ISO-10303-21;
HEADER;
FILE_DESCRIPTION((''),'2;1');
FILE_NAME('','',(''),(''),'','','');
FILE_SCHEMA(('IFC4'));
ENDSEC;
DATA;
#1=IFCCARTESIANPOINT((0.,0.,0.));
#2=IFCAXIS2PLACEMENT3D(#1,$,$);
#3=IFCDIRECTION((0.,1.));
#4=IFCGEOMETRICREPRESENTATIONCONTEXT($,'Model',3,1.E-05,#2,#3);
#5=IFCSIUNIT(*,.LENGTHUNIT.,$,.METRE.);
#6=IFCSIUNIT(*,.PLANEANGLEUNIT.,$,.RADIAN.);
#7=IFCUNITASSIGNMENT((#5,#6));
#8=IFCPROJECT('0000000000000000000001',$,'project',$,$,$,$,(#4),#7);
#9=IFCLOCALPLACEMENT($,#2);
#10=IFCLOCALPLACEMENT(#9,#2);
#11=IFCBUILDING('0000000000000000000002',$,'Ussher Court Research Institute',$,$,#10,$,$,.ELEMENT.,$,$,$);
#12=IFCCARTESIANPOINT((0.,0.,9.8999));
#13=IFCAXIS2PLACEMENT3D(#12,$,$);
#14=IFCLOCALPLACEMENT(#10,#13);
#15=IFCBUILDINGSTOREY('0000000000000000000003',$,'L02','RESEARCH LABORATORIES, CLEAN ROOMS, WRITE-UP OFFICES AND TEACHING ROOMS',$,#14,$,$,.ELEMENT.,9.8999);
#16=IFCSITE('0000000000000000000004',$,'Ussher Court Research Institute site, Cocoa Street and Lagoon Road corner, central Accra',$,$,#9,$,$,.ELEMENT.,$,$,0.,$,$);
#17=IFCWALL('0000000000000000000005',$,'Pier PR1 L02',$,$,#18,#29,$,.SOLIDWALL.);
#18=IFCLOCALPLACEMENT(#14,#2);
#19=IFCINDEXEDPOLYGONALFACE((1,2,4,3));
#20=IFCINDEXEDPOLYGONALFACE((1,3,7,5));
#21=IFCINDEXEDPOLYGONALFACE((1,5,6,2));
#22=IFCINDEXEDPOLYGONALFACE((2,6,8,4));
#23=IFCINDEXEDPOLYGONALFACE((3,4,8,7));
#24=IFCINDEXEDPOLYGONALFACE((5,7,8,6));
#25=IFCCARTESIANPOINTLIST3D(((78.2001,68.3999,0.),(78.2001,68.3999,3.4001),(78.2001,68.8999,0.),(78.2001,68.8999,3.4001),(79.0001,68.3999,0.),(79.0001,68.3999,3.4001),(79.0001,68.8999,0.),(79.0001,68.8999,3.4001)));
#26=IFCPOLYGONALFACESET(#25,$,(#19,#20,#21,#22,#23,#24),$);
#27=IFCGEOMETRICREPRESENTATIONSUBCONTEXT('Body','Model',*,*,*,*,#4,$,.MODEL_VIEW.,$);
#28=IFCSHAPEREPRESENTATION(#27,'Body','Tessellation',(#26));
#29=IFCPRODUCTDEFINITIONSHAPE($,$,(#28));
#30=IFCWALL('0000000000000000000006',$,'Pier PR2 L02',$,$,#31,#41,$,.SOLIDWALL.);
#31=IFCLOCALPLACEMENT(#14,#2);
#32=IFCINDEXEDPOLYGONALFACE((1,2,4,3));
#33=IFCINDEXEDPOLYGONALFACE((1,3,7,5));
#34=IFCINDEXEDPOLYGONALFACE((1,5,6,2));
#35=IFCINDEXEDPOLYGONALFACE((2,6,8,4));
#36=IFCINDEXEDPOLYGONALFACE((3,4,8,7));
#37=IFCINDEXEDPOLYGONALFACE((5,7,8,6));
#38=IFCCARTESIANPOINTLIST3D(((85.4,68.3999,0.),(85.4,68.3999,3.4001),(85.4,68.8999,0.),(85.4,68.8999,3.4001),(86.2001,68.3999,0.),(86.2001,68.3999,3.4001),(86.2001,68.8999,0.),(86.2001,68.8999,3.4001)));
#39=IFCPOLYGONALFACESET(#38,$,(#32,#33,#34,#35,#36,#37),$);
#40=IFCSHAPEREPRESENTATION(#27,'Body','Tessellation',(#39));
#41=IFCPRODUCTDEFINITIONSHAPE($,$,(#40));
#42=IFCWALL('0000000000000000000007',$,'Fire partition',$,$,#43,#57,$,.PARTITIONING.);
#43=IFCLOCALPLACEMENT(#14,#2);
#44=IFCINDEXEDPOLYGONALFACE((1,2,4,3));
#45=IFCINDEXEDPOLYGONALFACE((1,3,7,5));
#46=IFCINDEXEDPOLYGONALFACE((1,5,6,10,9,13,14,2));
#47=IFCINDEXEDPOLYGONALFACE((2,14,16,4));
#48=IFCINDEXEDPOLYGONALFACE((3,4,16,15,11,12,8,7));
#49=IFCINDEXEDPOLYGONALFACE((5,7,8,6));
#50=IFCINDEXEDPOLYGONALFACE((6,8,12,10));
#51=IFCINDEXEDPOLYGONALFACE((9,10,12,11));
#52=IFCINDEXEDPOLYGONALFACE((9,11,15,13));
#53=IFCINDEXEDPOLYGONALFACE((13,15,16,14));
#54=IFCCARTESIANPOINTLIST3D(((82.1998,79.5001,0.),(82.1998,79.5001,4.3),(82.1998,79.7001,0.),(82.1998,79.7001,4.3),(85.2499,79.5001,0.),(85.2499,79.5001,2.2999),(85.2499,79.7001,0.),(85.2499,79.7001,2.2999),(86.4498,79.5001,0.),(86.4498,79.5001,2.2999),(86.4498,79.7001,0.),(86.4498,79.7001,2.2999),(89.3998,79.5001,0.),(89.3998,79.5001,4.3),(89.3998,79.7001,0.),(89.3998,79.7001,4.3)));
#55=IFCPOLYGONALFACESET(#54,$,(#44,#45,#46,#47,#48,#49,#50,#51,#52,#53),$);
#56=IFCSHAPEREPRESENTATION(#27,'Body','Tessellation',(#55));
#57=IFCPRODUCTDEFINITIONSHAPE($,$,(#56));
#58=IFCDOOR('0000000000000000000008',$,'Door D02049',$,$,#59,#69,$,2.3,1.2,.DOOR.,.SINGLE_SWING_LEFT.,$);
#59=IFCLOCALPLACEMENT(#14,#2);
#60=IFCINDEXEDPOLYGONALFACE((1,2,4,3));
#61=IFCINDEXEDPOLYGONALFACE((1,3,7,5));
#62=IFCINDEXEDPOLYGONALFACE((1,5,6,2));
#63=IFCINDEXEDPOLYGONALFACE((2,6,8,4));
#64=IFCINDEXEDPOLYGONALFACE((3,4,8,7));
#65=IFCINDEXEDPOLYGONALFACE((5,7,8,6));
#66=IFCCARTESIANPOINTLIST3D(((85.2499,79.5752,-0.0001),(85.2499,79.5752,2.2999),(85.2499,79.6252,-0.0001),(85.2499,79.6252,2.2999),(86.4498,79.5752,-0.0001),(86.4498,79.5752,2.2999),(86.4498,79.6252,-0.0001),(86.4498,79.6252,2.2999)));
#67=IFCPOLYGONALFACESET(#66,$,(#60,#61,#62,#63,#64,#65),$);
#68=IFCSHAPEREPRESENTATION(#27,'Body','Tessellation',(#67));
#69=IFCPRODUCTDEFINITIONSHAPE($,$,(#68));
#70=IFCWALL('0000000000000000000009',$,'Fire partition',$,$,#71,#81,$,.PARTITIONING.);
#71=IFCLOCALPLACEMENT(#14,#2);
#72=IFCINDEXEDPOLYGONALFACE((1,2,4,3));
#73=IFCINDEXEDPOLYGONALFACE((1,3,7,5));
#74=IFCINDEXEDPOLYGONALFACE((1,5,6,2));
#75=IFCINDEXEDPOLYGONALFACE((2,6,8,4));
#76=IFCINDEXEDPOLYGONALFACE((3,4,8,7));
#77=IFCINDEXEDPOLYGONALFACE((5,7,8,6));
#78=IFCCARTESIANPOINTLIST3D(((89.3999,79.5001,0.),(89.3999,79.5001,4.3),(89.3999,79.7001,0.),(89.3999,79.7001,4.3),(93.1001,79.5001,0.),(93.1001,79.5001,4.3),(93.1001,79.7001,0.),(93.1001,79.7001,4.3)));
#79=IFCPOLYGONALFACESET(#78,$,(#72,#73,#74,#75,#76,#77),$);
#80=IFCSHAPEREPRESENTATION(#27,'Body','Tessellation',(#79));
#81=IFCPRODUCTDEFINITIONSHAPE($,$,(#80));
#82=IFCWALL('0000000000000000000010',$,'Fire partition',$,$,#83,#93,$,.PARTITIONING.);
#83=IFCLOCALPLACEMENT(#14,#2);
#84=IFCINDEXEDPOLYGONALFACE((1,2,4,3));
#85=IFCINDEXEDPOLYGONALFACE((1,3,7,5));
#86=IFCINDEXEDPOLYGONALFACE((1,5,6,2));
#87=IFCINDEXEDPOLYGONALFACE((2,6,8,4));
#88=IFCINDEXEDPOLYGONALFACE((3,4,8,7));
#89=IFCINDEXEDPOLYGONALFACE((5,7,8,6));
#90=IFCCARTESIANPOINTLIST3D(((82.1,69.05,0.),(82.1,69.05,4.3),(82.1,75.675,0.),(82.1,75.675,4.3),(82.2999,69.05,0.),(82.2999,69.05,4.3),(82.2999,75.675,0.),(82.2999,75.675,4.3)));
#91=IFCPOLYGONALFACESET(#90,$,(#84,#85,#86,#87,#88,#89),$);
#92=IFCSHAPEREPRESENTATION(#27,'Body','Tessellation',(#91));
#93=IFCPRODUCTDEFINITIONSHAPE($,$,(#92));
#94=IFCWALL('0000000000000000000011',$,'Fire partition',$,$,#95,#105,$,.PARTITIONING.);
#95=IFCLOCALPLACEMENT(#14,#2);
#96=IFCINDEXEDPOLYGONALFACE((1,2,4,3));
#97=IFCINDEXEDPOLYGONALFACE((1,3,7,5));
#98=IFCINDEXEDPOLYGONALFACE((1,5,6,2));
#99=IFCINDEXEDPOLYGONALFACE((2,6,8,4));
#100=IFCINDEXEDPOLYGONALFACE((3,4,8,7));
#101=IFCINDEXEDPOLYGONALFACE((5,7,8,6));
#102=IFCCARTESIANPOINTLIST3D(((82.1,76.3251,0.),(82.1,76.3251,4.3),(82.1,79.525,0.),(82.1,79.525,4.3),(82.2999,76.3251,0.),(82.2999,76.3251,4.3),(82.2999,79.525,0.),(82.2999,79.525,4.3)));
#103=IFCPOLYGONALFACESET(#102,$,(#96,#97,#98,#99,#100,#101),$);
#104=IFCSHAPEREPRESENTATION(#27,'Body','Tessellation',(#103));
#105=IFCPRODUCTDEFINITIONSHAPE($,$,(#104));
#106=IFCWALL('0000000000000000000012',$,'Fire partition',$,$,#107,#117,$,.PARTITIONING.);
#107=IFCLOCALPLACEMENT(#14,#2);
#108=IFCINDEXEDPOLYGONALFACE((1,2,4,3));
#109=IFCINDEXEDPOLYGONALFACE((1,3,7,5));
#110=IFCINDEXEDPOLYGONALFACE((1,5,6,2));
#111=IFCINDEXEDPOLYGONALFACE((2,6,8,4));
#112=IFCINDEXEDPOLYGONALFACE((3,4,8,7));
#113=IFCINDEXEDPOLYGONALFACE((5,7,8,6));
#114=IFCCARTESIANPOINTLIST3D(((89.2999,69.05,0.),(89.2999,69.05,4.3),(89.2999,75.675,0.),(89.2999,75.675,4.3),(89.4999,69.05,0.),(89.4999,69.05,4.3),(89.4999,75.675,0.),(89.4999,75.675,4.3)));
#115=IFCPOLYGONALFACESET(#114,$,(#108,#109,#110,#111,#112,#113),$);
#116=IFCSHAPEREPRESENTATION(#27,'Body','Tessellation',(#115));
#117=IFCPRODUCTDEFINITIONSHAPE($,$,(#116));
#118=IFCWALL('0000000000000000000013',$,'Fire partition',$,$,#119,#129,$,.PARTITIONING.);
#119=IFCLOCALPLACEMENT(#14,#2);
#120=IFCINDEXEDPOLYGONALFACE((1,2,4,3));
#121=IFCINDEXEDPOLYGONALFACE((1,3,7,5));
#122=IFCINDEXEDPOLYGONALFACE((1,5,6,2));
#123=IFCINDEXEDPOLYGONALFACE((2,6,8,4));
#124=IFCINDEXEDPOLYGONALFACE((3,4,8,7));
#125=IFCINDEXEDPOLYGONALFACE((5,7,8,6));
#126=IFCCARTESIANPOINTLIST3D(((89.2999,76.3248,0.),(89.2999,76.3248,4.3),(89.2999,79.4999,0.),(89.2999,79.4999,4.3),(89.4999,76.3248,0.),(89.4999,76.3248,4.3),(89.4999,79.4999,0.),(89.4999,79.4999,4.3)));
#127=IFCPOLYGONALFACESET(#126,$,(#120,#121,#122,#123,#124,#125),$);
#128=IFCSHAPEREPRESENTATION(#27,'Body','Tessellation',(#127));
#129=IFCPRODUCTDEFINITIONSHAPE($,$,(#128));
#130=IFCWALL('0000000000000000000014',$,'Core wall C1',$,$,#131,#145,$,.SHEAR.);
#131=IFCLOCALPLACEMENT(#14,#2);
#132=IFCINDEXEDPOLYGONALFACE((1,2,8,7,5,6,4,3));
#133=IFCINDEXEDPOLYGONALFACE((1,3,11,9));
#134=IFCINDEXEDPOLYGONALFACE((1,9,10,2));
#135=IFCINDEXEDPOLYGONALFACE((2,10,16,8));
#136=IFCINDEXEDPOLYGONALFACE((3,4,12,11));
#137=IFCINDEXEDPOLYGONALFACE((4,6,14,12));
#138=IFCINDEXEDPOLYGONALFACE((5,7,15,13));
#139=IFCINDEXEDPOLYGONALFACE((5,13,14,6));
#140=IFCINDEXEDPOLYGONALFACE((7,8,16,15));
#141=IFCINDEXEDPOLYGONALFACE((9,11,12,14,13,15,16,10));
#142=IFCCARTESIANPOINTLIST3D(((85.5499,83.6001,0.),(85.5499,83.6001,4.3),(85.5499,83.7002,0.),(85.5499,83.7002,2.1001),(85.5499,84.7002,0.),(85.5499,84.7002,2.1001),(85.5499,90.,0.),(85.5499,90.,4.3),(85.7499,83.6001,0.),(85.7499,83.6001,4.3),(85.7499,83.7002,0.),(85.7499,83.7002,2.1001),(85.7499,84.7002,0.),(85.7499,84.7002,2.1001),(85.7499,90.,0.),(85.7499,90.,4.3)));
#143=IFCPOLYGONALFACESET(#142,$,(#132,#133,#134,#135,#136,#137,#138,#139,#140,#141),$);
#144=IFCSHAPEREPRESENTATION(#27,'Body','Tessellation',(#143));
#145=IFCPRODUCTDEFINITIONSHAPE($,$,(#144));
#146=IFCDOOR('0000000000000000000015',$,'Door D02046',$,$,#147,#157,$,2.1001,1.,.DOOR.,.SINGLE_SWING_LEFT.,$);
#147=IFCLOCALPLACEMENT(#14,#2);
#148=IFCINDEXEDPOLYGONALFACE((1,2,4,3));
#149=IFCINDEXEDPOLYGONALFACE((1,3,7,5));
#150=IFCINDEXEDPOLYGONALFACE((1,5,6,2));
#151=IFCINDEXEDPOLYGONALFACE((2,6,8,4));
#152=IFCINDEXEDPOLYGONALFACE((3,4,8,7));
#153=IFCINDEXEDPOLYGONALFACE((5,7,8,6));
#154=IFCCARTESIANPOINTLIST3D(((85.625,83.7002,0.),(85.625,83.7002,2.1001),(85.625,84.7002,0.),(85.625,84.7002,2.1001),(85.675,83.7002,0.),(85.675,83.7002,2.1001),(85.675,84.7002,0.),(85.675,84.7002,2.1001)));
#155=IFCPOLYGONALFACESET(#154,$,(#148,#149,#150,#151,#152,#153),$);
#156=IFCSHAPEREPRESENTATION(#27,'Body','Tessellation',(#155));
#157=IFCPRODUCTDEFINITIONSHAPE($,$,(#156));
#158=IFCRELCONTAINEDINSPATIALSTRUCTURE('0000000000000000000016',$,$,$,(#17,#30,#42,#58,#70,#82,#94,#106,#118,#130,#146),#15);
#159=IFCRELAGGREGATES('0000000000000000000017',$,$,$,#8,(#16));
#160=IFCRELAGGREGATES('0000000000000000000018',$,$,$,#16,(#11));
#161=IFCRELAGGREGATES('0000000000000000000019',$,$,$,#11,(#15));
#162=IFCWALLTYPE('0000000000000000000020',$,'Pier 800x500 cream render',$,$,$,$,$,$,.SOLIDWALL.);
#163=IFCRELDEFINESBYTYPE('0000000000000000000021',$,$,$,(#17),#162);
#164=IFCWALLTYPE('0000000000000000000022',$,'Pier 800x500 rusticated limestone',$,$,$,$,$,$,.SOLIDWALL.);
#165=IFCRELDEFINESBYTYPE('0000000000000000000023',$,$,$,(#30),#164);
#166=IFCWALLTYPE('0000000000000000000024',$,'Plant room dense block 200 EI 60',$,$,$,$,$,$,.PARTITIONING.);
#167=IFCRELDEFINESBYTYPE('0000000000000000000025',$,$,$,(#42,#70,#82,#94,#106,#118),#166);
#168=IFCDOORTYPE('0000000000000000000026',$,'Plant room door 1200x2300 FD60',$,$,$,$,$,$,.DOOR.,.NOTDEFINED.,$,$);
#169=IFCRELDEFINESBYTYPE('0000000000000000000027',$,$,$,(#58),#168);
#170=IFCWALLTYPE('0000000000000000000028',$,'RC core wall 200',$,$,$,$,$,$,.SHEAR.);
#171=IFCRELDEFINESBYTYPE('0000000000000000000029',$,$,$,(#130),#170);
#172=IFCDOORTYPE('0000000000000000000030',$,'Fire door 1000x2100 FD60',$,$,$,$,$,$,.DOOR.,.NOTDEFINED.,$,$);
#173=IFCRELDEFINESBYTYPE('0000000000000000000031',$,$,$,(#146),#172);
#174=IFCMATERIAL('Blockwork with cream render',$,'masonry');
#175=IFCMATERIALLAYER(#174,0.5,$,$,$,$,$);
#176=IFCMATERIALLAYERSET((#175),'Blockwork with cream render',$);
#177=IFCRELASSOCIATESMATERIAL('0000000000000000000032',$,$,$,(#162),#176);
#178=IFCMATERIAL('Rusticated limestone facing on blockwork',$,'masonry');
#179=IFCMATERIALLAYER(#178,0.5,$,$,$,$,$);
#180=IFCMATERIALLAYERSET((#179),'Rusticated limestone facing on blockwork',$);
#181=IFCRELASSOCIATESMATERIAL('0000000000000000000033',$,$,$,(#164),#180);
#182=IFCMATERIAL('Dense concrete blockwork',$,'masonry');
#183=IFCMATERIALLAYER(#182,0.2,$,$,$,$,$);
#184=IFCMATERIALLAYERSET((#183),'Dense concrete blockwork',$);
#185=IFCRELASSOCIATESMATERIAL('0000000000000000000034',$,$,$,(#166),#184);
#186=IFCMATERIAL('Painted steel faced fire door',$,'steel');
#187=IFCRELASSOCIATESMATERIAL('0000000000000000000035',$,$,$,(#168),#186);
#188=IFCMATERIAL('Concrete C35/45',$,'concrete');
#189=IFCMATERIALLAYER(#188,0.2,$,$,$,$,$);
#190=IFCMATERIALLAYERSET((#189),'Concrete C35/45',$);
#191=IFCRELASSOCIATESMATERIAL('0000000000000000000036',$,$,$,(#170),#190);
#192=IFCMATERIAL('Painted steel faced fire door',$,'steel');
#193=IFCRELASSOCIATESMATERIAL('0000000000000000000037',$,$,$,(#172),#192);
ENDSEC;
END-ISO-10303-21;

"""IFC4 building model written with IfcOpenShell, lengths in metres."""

from ifc_helpers import new_model, si_unit, direction, frame, frame_2d, origin, place, context, subcontext, project, spatial, rectangle, extrude, material, layer, layer_set, type_object, element, fill, save


model = new_model("IFC4")

# Units and contexts
model_context = context("Model", 3, precision=1e-05, world=origin(), true_north=direction((0.0, 1.0)))
body_context = subcontext(model_context, "Body", "Model", "MODEL_VIEW")
ifc_project = project(units=[si_unit("LENGTHUNIT", "METRE"), si_unit("PLANEANGLEUNIT", "RADIAN")], contexts=[model_context])

# Site, building, storey
site_placement = place(None, origin())
site = spatial("IfcSite", under=ifc_project, at=site_placement, Name="Ussher Court Research Institute site, Cocoa Street and Lagoon Road corner, central Accra", CompositionType="ELEMENT", RefElevation=0.0)
building_placement = place(site_placement, origin())
building = spatial("IfcBuilding", under=site, at=building_placement, Name="Ussher Court Research Institute", CompositionType="ELEMENT")
storey_placement = place(building_placement, frame((0.0, 0.0, 9.8999)))
storey = spatial("IfcBuildingStorey", under=building, at=storey_placement, Name="L02", Description="RESEARCH LABORATORIES, CLEAN ROOMS, WRITE-UP OFFICES AND TEACHING ROOMS", CompositionType="ELEMENT", Elevation=9.8999)

# Walls
ifc_material_1 = material(Name="Blockwork with cream render", Category="masonry")
ifc_layer_1 = layer(ifc_material_1, 0.5)
ifc_layer_set_1 = layer_set([ifc_layer_1], Name="Blockwork with cream render")
wall_type_1 = type_object("IfcWallType", Name="Pier 800x500 cream render", PredefinedType="SOLIDWALL", material=ifc_layer_set_1)
wall_1_placement = place(storey_placement, frame((79.0, 68.6499, 0.0), z_axis=(0.0, 0.0, 1.0), x_axis=(-1.0, 0.0, 0.0)))
element("IfcWall", 1, at=wall_1_placement, inside=storey, type_object=wall_type_1, Name="Pier PR1 L02", PredefinedType="SOLIDWALL", context=body_context, shape_type="SweptSolid", body=[
    extrude(rectangle(XDim=0.8, YDim=0.5, at=frame_2d((0.3999, 0.0))), origin(), (0.0, 0.0, 1.0), 3.4001),
])
ifc_material_2 = material(Name="Rusticated limestone facing on blockwork", Category="masonry")
ifc_layer_2 = layer(ifc_material_2, 0.5)
ifc_layer_set_2 = layer_set([ifc_layer_2], Name="Rusticated limestone facing on blockwork")
wall_type_2 = type_object("IfcWallType", Name="Pier 800x500 rusticated limestone", PredefinedType="SOLIDWALL", material=ifc_layer_set_2)
wall_2_placement = place(storey_placement, frame((86.2, 68.6499, 0.0), z_axis=(0.0, 0.0, 1.0), x_axis=(-1.0, 0.0, 0.0)))
element("IfcWall", 2, at=wall_2_placement, inside=storey, type_object=wall_type_2, Name="Pier PR2 L02", PredefinedType="SOLIDWALL", context=body_context, shape_type="SweptSolid", body=[
    extrude(rectangle(XDim=0.8, YDim=0.5, at=frame_2d((0.3999, 0.0))), origin(), (0.0, 0.0, 1.0), 3.4001),
])

# Wall, opening, door
ifc_material_3 = material(Name="Dense concrete blockwork", Category="masonry")
ifc_layer_3 = layer(ifc_material_3, 0.2)
ifc_layer_set_3 = layer_set([ifc_layer_3], Name="Dense concrete blockwork")
wall_type_3 = type_object("IfcWallType", Name="Plant room dense block 200 EI 60", PredefinedType="PARTITIONING", material=ifc_layer_set_3)
wall_3_placement = place(storey_placement, frame((89.3999, 79.6001, 0.0), z_axis=(0.0, 0.0, 1.0), x_axis=(-1.0, 0.0, 0.0)))
wall_3 = element("IfcWall", 3, at=wall_3_placement, inside=storey, type_object=wall_type_3, Name="Fire partition", PredefinedType="PARTITIONING", context=body_context, shape_type="SweptSolid", body=[
    extrude(rectangle(XDim=7.2, YDim=0.2, at=frame_2d((3.6001, 0.0))), origin(), (0.0, 0.0, 1.0), 4.3),
])
opening_1_placement = place(wall_3_placement, frame((2.95, 0.0, 0.0)))
opening_1 = element("IfcOpeningElement", 4, at=opening_1_placement, cuts=wall_3, PredefinedType="OPENING", context=body_context, shape_type="SweptSolid", body=[
    extrude(rectangle(XDim=1.2, YDim=2.3, at=frame_2d((0.6001, 1.1499))), frame((0.0, 0.1099, 0.0), z_axis=(0.0, -1.0, 0.0), x_axis=(1.0, 0.0, 0.0)), (0.0, 0.0, 1.0), 0.22),
])
ifc_material_4 = material(Name="Painted steel faced fire door", Category="steel")
door_type_1 = type_object("IfcDoorType", Name="Plant room door 1200x2300 FD60", OperationType="NOTDEFINED", PredefinedType="DOOR", material=ifc_material_4)
door_1_placement = place(opening_1_placement, origin())
door_1 = element("IfcDoor", 5, at=door_1_placement, inside=storey, type_object=door_type_1, Name="Door D02049", OperationType="SINGLE_SWING_LEFT", OverallHeight=2.3, OverallWidth=1.2, PredefinedType="DOOR", context=body_context, shape_type="SweptSolid", body=[
    extrude(rectangle(XDim=1.2, YDim=2.3, at=frame_2d((0.6001, 1.1499))), frame((0.0, 0.0249, 0.0), z_axis=(0.0, -1.0, 0.0), x_axis=(1.0, 0.0, 0.0)), (0.0, 0.0, 1.0), 0.05),
])
fill(opening_1, door_1)

# Walls
wall_4_placement = place(storey_placement, frame((89.3999, 79.6001, 0.0), z_axis=(0.0, 0.0, 1.0), x_axis=(1.0, 0.0, 0.0)))
element("IfcWall", 6, at=wall_4_placement, inside=storey, type_object=wall_type_3, Name="Fire partition", PredefinedType="PARTITIONING", context=body_context, shape_type="SweptSolid", body=[
    extrude(rectangle(XDim=3.7002, YDim=0.2, at=frame_2d((1.8501, 0.0))), origin(), (0.0, 0.0, 1.0), 4.3),
])
wall_5_placement = place(storey_placement, frame((82.2, 69.05, 0.0), z_axis=(0.0, 0.0, 1.0), x_axis=(0.0, 1.0, 0.0)))
element("IfcWall", 7, at=wall_5_placement, inside=storey, type_object=wall_type_3, Name="Fire partition", PredefinedType="PARTITIONING", context=body_context, shape_type="SweptSolid", body=[
    extrude(rectangle(XDim=6.625, YDim=0.2, at=frame_2d((3.3125, 0.0))), origin(), (0.0, 0.0, 1.0), 4.3),
])
wall_6_placement = place(storey_placement, frame((82.2, 76.325, 0.0), z_axis=(0.0, 0.0, 1.0), x_axis=(0.0, 1.0, 0.0)))
element("IfcWall", 8, at=wall_6_placement, inside=storey, type_object=wall_type_3, Name="Fire partition", PredefinedType="PARTITIONING", context=body_context, shape_type="SweptSolid", body=[
    extrude(rectangle(XDim=3.2, YDim=0.2, at=frame_2d((1.6001, 0.0))), origin(), (0.0, 0.0, 1.0), 4.3),
])
wall_7_placement = place(storey_placement, frame((89.3999, 69.05, 0.0), z_axis=(0.0, 0.0, 1.0), x_axis=(0.0, 1.0, 0.0)))
element("IfcWall", 9, at=wall_7_placement, inside=storey, type_object=wall_type_3, Name="Fire partition", PredefinedType="PARTITIONING", context=body_context, shape_type="SweptSolid", body=[
    extrude(rectangle(XDim=6.625, YDim=0.2, at=frame_2d((3.3125, 0.0))), origin(), (0.0, 0.0, 1.0), 4.3),
])
wall_8_placement = place(storey_placement, frame((89.3999, 76.325, 0.0), z_axis=(0.0, 0.0, 1.0), x_axis=(0.0, 1.0, 0.0)))
element("IfcWall", 10, at=wall_8_placement, inside=storey, type_object=wall_type_3, Name="Fire partition", PredefinedType="PARTITIONING", context=body_context, shape_type="SweptSolid", body=[
    extrude(rectangle(XDim=3.175, YDim=0.2, at=frame_2d((1.5874, 0.0))), origin(), (0.0, 0.0, 1.0), 4.3),
])

# Wall, opening, door
ifc_material_5 = material(Name="Concrete C35/45", Category="concrete")
ifc_layer_4 = layer(ifc_material_5, 0.2)
ifc_layer_set_4 = layer_set([ifc_layer_4], Name="Concrete C35/45")
wall_type_4 = type_object("IfcWallType", Name="RC core wall 200", PredefinedType="SHEAR", material=ifc_layer_set_4)
wall_9_placement = place(storey_placement, frame((85.6499, 83.6001, 0.0), z_axis=(0.0, 0.0, 1.0), x_axis=(0.0, 1.0, 0.0)))
wall_9 = element("IfcWall", 11, at=wall_9_placement, inside=storey, type_object=wall_type_4, Name="Core wall C1", PredefinedType="SHEAR", context=body_context, shape_type="SweptSolid", body=[
    extrude(rectangle(XDim=6.3999, YDim=0.2, at=frame_2d((3.2, 0.0))), origin(), (0.0, 0.0, 1.0), 4.3),
])
opening_2_placement = place(wall_9_placement, frame((0.1001, 0.0, 0.0)))
opening_2 = element("IfcOpeningElement", 12, at=opening_2_placement, cuts=wall_9, PredefinedType="OPENING", context=body_context, shape_type="SweptSolid", body=[
    extrude(rectangle(XDim=1.0, YDim=2.1001, at=frame_2d((0.5, 1.05))), frame((0.0, 0.1099, 0.0), z_axis=(0.0, -1.0, 0.0), x_axis=(1.0, 0.0, 0.0)), (0.0, 0.0, 1.0), 0.22),
])
ifc_material_6 = material(Name="Painted steel faced fire door", Category="steel")
door_type_2 = type_object("IfcDoorType", Name="Fire door 1000x2100 FD60", OperationType="NOTDEFINED", PredefinedType="DOOR", material=ifc_material_6)
door_2_placement = place(opening_2_placement, origin())
door_2 = element("IfcDoor", 13, at=door_2_placement, inside=storey, type_object=door_type_2, Name="Door D02046", OperationType="SINGLE_SWING_LEFT", OverallHeight=2.1001, OverallWidth=1.0, PredefinedType="DOOR", context=body_context, shape_type="SweptSolid", body=[
    extrude(rectangle(XDim=1.0, YDim=2.1001, at=frame_2d((0.5, 1.05))), frame((0.0, 0.0249, 0.0), z_axis=(0.0, -1.0, 0.0), x_axis=(1.0, 0.0, 0.0)), (0.0, 0.0, 1.0), 0.05),
])
fill(opening_2, door_2)

save(model, "model.ifc")
